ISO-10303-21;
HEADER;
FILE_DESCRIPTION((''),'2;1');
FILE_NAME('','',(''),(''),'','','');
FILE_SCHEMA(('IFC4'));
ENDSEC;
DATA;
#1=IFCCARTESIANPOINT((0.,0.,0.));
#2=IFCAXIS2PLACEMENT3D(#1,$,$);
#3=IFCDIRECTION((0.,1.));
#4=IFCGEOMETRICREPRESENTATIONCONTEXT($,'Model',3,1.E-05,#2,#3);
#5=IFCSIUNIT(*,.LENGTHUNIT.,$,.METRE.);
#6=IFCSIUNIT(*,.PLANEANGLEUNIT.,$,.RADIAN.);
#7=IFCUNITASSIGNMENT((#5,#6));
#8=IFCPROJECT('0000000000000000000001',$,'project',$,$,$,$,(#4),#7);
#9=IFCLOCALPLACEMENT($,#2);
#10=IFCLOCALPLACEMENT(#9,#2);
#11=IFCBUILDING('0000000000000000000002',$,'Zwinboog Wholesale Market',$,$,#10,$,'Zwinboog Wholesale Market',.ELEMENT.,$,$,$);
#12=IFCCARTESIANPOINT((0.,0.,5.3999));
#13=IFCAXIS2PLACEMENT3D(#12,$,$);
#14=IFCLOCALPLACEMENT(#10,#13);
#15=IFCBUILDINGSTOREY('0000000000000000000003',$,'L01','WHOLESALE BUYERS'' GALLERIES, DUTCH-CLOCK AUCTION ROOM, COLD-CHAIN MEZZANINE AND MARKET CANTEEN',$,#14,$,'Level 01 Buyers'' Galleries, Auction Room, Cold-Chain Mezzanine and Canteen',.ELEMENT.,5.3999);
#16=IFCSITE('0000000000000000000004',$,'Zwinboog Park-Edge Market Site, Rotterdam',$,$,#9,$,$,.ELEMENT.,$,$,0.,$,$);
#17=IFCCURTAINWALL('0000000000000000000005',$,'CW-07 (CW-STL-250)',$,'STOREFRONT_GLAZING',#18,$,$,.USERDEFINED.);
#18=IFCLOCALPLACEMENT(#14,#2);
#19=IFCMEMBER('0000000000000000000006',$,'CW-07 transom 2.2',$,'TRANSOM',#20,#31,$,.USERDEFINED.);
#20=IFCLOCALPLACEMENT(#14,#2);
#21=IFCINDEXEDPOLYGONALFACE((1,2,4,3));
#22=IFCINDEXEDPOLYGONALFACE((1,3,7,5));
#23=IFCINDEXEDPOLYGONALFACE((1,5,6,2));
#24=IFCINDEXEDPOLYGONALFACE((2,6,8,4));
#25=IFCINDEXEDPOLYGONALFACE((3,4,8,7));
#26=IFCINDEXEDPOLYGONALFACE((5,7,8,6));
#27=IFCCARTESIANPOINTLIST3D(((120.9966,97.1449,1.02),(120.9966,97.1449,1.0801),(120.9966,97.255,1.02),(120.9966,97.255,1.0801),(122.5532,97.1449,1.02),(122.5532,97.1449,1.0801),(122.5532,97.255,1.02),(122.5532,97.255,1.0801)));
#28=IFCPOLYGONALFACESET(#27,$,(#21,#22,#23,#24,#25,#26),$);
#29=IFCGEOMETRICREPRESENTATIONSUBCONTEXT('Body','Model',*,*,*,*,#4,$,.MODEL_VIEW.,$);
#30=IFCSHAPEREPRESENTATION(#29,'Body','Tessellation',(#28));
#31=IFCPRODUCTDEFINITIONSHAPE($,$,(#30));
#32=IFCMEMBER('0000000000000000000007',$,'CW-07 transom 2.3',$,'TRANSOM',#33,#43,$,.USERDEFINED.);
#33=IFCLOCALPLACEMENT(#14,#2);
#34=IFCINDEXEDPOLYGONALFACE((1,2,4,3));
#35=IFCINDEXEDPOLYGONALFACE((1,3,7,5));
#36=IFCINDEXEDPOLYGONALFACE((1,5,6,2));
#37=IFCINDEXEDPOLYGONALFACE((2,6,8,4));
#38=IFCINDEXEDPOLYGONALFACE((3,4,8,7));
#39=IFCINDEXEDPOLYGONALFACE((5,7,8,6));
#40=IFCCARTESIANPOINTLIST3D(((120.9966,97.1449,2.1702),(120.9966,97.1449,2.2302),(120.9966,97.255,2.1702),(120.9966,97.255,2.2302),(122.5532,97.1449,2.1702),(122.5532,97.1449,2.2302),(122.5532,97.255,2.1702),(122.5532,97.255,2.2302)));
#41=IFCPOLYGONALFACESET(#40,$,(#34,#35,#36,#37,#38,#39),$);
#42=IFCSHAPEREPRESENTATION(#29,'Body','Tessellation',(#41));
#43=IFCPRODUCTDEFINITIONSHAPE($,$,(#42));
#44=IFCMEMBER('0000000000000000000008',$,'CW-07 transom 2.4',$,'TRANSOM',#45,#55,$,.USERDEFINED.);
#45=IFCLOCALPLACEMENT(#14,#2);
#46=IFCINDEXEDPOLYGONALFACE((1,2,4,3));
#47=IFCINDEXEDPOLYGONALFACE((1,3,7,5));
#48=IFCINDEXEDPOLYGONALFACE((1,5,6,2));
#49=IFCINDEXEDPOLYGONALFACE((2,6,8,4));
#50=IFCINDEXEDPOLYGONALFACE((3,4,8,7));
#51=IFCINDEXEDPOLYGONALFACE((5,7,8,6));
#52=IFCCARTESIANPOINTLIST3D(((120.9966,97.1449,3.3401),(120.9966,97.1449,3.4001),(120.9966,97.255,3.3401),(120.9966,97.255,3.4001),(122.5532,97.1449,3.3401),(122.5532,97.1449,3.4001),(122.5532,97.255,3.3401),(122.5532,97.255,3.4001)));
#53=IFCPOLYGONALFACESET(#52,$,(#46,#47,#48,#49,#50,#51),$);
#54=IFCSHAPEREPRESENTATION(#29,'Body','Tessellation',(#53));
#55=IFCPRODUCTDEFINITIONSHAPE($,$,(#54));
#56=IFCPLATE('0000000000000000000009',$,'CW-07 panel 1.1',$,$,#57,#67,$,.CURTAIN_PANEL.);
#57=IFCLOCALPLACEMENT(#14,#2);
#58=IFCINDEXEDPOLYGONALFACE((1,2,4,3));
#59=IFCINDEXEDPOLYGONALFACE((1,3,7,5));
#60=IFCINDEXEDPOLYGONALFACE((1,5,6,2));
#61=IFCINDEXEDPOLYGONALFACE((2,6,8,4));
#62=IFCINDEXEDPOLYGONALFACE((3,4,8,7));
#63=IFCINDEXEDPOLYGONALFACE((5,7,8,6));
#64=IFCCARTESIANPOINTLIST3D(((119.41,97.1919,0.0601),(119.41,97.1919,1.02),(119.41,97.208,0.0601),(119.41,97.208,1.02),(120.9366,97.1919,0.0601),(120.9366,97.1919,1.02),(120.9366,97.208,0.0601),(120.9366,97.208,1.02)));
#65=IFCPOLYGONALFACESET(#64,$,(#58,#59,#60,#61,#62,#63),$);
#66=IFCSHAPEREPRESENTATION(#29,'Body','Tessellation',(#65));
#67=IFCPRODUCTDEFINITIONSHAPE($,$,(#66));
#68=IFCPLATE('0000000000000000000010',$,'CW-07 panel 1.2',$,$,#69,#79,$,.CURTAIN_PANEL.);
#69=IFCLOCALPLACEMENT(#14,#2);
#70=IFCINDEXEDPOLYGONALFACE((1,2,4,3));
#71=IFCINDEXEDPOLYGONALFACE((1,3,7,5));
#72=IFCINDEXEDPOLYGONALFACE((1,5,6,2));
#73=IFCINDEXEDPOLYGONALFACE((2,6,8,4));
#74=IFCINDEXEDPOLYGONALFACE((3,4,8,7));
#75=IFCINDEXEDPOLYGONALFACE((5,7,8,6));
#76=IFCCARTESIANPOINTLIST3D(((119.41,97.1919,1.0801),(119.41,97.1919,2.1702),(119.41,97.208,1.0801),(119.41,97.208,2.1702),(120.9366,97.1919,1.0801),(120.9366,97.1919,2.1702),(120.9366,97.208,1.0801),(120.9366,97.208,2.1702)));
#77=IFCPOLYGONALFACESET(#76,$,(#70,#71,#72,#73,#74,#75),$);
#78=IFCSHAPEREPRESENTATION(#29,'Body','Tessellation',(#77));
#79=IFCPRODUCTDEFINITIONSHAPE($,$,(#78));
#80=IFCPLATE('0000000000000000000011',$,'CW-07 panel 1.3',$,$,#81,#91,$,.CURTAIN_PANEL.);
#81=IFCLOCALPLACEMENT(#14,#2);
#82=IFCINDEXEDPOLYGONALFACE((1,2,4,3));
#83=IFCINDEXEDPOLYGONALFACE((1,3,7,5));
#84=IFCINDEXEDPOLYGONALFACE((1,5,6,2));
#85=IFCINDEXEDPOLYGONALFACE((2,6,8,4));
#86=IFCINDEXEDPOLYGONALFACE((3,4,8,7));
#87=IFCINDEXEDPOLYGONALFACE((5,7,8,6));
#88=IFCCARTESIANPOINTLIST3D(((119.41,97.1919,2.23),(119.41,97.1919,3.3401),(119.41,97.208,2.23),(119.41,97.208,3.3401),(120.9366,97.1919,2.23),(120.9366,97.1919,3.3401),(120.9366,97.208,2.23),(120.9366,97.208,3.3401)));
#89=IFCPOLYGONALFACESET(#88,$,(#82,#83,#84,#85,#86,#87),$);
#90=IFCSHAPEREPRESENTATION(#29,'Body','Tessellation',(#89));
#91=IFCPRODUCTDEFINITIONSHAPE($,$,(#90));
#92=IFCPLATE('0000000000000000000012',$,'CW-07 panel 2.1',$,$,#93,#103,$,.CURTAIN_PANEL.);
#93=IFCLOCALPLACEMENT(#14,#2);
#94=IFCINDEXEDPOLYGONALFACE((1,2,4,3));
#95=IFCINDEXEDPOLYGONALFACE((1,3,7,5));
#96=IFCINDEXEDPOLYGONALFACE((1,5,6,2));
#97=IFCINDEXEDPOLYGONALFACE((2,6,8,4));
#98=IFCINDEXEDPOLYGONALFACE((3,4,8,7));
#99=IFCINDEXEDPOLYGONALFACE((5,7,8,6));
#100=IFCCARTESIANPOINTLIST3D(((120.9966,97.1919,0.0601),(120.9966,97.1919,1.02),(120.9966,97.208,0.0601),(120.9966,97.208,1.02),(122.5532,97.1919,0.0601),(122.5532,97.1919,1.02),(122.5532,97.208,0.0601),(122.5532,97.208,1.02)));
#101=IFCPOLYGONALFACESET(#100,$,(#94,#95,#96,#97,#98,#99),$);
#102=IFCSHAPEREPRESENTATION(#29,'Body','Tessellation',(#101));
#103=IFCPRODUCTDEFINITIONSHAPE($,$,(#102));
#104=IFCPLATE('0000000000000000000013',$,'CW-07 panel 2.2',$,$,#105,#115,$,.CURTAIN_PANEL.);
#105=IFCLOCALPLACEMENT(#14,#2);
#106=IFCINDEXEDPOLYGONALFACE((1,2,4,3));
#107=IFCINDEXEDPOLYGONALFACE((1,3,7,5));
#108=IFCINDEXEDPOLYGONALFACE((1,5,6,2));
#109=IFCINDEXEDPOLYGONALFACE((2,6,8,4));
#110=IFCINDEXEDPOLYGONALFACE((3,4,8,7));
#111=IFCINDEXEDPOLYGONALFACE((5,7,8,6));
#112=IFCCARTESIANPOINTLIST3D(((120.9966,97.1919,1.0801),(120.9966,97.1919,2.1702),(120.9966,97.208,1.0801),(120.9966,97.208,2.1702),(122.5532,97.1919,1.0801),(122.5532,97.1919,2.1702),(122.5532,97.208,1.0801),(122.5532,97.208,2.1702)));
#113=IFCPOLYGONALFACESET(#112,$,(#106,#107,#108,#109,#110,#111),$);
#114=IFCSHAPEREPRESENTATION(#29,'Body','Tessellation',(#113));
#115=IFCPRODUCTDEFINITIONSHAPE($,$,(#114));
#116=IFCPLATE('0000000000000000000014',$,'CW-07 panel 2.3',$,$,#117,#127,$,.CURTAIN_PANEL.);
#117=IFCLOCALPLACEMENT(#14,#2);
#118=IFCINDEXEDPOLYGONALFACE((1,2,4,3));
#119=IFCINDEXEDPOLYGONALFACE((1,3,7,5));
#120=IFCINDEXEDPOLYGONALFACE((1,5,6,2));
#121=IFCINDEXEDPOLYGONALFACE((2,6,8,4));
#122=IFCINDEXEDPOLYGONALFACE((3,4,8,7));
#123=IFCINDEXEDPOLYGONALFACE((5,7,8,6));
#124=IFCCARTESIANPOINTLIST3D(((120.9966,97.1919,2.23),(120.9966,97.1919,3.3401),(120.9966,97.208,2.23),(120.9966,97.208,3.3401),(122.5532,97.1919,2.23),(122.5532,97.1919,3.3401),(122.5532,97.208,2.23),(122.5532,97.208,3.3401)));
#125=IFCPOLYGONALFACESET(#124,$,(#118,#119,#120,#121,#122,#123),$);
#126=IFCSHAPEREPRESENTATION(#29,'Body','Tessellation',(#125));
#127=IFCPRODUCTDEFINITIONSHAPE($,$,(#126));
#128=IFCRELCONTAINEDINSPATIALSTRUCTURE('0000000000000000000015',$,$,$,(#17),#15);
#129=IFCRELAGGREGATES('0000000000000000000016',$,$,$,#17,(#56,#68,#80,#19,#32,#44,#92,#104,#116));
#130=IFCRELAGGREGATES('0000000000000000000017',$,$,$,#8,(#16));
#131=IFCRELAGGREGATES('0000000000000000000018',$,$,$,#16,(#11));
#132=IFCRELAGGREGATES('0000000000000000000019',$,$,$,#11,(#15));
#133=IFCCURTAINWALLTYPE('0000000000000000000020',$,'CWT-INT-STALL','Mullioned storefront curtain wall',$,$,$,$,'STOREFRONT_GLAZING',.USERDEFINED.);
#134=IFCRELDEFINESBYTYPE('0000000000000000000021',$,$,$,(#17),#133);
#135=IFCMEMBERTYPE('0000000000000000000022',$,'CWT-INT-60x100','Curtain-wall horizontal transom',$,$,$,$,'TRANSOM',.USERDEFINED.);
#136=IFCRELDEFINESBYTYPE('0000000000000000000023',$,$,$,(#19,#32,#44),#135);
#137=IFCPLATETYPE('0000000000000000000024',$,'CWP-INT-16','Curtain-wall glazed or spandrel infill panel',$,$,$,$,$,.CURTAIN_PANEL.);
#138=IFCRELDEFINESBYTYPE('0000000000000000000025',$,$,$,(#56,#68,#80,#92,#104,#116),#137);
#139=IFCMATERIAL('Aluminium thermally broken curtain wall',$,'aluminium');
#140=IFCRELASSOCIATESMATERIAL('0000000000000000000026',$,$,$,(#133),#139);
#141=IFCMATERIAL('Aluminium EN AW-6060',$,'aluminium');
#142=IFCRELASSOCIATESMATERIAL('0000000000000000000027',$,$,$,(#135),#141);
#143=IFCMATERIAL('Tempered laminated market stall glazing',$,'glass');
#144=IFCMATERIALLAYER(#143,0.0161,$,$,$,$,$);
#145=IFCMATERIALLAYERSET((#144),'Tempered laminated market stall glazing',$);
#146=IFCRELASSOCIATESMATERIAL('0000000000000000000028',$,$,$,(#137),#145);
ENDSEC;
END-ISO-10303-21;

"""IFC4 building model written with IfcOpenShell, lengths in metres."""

from ifc_helpers import new_model, si_unit, direction, frame, origin, origin_2d, place, context, subcontext, project, spatial, rectangle, extrude, material, layer, layer_set, material_profile, profile_set, type_object, element, aggregate, save


model = new_model("IFC4")

# Units and contexts
model_context = context("Model", 3, precision=1e-05, world=origin(), true_north=direction((0.0, 1.0)))
body_context = subcontext(model_context, "Body", "Model", "MODEL_VIEW")
ifc_project = project(units=[si_unit("LENGTHUNIT", "METRE"), si_unit("PLANEANGLEUNIT", "RADIAN")], contexts=[model_context])

# Site, building, storey
site_placement = place(None, origin())
site = spatial("IfcSite", under=ifc_project, at=site_placement, Name="Zwinboog Park-Edge Market Site, Rotterdam", CompositionType="ELEMENT", RefElevation=0.0)
building_placement = place(site_placement, origin())
building = spatial("IfcBuilding", under=site, at=building_placement, Name="Zwinboog Wholesale Market", LongName="Zwinboog Wholesale Market", CompositionType="ELEMENT")
storey_placement = place(building_placement, frame((0.0, 0.0, 5.3999)))
storey = spatial("IfcBuildingStorey", under=building, at=storey_placement, Name="L01", Description="WHOLESALE BUYERS' GALLERIES, DUTCH-CLOCK AUCTION ROOM, COLD-CHAIN MEZZANINE AND MARKET CANTEEN", LongName="Level 01 Buyers' Galleries, Auction Room, Cold-Chain Mezzanine and Canteen", CompositionType="ELEMENT", Elevation=5.3999)

# Curtain wall, members, plates
ifc_material_1 = material(Name="Aluminium thermally broken curtain wall", Category="aluminium")
curtain_wall_type = type_object("IfcCurtainWallType", Name="CWT-INT-STALL", Description="Mullioned storefront curtain wall", ElementType="STOREFRONT_GLAZING", PredefinedType="USERDEFINED", material=ifc_material_1)
curtain_wall_placement = place(storey_placement, origin())
curtain_wall = element("IfcCurtainWall", 1, at=curtain_wall_placement, inside=storey, type_object=curtain_wall_type, Name="CW-07 (CW-STL-250)", ObjectType="STOREFRONT_GLAZING", PredefinedType="USERDEFINED")
ifc_material_2 = material(Name="Aluminium EN AW-6060", Category="aluminium")
ifc_material_profile_1 = material_profile(ifc_material_2, rectangle(XDim=0.1101, YDim=0.0601, at=origin_2d()), Name="AL 60x110")
ifc_profile_set_1 = profile_set([ifc_material_profile_1], Name="Aluminium EN AW-6060")
member_type_1 = type_object("IfcMemberType", Name="CWT-INT-60x100", Description="Curtain-wall horizontal transom", ElementType="TRANSOM", PredefinedType="USERDEFINED", material=ifc_profile_set_1)
member_1_placement = place(storey_placement, frame((120.9966, 97.2, 1.05), z_axis=(1.0, 0.0, 0.0), x_axis=(0.0, 1.0, 0.0)))
member_1 = element("IfcMember", 2, at=member_1_placement, type_object=member_type_1, Name="CW-07 transom 2.2", ObjectType="TRANSOM", PredefinedType="USERDEFINED", context=body_context, shape_type="SweptSolid", body=[
    extrude(rectangle(XDim=0.1101, YDim=0.0601, at=origin_2d()), origin(), (0.0, 0.0, 1.0), 1.5566),
])
member_2_placement = place(storey_placement, frame((120.9966, 97.2, 2.2002), z_axis=(1.0, 0.0, 0.0), x_axis=(0.0, 1.0, 0.0)))
member_2 = element("IfcMember", 3, at=member_2_placement, type_object=member_type_1, Name="CW-07 transom 2.3", ObjectType="TRANSOM", PredefinedType="USERDEFINED", context=body_context, shape_type="SweptSolid", body=[
    extrude(rectangle(XDim=0.1101, YDim=0.0601, at=origin_2d()), origin(), (0.0, 0.0, 1.0), 1.5566),
])
member_3_placement = place(storey_placement, frame((120.9966, 97.2, 3.3701), z_axis=(1.0, 0.0, 0.0), x_axis=(0.0, 1.0, 0.0)))
member_3 = element("IfcMember", 4, at=member_3_placement, type_object=member_type_1, Name="CW-07 transom 2.4", ObjectType="TRANSOM", PredefinedType="USERDEFINED", context=body_context, shape_type="SweptSolid", body=[
    extrude(rectangle(XDim=0.1101, YDim=0.0601, at=origin_2d()), origin(), (0.0, 0.0, 1.0), 1.5566),
])
ifc_material_3 = material(Name="Tempered laminated market stall glazing", Category="glass")
ifc_layer = layer(ifc_material_3, 0.0161)
ifc_layer_set = layer_set([ifc_layer], Name="Tempered laminated market stall glazing")
plate_type = type_object("IfcPlateType", Name="CWP-INT-16", Description="Curtain-wall glazed or spandrel infill panel", PredefinedType="CURTAIN_PANEL", material=ifc_layer_set)
plate_1_placement = place(storey_placement, frame((120.1733, 97.2, 0.0601), z_axis=(0.0, 0.0, 1.0), x_axis=(1.0, 0.0, 0.0)))
plate_1 = element("IfcPlate", 5, at=plate_1_placement, type_object=plate_type, Name="CW-07 panel 1.1", PredefinedType="CURTAIN_PANEL", context=body_context, shape_type="SweptSolid", body=[
    extrude(rectangle(XDim=1.5266, YDim=0.0161, at=origin_2d()), origin(), (0.0, 0.0, 1.0), 0.96),
])
plate_2_placement = place(storey_placement, frame((120.1733, 97.2, 1.0801), z_axis=(0.0, 0.0, 1.0), x_axis=(1.0, 0.0, 0.0)))
plate_2 = element("IfcPlate", 6, at=plate_2_placement, type_object=plate_type, Name="CW-07 panel 1.2", PredefinedType="CURTAIN_PANEL", context=body_context, shape_type="SweptSolid", body=[
    extrude(rectangle(XDim=1.5266, YDim=0.0161, at=origin_2d()), origin(), (0.0, 0.0, 1.0), 1.0901),
])
plate_3_placement = place(storey_placement, frame((120.1733, 97.2, 2.23), z_axis=(0.0, 0.0, 1.0), x_axis=(1.0, 0.0, 0.0)))
plate_3 = element("IfcPlate", 7, at=plate_3_placement, type_object=plate_type, Name="CW-07 panel 1.3", PredefinedType="CURTAIN_PANEL", context=body_context, shape_type="SweptSolid", body=[
    extrude(rectangle(XDim=1.5266, YDim=0.0161, at=origin_2d()), origin(), (0.0, 0.0, 1.0), 1.1101),
])
plate_4_placement = place(storey_placement, frame((121.7749, 97.2, 0.0601), z_axis=(0.0, 0.0, 1.0), x_axis=(1.0, 0.0, 0.0)))
plate_4 = element("IfcPlate", 8, at=plate_4_placement, type_object=plate_type, Name="CW-07 panel 2.1", PredefinedType="CURTAIN_PANEL", context=body_context, shape_type="SweptSolid", body=[
    extrude(rectangle(XDim=1.5566, YDim=0.0161, at=origin_2d()), origin(), (0.0, 0.0, 1.0), 0.96),
])
plate_5_placement = place(storey_placement, frame((121.7749, 97.2, 1.0801), z_axis=(0.0, 0.0, 1.0), x_axis=(1.0, 0.0, 0.0)))
plate_5 = element("IfcPlate", 9, at=plate_5_placement, type_object=plate_type, Name="CW-07 panel 2.2", PredefinedType="CURTAIN_PANEL", context=body_context, shape_type="SweptSolid", body=[
    extrude(rectangle(XDim=1.5566, YDim=0.0161, at=origin_2d()), origin(), (0.0, 0.0, 1.0), 1.0901),
])
plate_6_placement = place(storey_placement, frame((121.7749, 97.2, 2.23), z_axis=(0.0, 0.0, 1.0), x_axis=(1.0, 0.0, 0.0)))
plate_6 = element("IfcPlate", 10, at=plate_6_placement, type_object=plate_type, Name="CW-07 panel 2.3", PredefinedType="CURTAIN_PANEL", context=body_context, shape_type="SweptSolid", body=[
    extrude(rectangle(XDim=1.5566, YDim=0.0161, at=origin_2d()), origin(), (0.0, 0.0, 1.0), 1.1101),
])
aggregate(curtain_wall, [plate_1, plate_2, plate_3, member_1, member_2, member_3, plate_4, plate_5, plate_6])

save(model, "model.ifc")
